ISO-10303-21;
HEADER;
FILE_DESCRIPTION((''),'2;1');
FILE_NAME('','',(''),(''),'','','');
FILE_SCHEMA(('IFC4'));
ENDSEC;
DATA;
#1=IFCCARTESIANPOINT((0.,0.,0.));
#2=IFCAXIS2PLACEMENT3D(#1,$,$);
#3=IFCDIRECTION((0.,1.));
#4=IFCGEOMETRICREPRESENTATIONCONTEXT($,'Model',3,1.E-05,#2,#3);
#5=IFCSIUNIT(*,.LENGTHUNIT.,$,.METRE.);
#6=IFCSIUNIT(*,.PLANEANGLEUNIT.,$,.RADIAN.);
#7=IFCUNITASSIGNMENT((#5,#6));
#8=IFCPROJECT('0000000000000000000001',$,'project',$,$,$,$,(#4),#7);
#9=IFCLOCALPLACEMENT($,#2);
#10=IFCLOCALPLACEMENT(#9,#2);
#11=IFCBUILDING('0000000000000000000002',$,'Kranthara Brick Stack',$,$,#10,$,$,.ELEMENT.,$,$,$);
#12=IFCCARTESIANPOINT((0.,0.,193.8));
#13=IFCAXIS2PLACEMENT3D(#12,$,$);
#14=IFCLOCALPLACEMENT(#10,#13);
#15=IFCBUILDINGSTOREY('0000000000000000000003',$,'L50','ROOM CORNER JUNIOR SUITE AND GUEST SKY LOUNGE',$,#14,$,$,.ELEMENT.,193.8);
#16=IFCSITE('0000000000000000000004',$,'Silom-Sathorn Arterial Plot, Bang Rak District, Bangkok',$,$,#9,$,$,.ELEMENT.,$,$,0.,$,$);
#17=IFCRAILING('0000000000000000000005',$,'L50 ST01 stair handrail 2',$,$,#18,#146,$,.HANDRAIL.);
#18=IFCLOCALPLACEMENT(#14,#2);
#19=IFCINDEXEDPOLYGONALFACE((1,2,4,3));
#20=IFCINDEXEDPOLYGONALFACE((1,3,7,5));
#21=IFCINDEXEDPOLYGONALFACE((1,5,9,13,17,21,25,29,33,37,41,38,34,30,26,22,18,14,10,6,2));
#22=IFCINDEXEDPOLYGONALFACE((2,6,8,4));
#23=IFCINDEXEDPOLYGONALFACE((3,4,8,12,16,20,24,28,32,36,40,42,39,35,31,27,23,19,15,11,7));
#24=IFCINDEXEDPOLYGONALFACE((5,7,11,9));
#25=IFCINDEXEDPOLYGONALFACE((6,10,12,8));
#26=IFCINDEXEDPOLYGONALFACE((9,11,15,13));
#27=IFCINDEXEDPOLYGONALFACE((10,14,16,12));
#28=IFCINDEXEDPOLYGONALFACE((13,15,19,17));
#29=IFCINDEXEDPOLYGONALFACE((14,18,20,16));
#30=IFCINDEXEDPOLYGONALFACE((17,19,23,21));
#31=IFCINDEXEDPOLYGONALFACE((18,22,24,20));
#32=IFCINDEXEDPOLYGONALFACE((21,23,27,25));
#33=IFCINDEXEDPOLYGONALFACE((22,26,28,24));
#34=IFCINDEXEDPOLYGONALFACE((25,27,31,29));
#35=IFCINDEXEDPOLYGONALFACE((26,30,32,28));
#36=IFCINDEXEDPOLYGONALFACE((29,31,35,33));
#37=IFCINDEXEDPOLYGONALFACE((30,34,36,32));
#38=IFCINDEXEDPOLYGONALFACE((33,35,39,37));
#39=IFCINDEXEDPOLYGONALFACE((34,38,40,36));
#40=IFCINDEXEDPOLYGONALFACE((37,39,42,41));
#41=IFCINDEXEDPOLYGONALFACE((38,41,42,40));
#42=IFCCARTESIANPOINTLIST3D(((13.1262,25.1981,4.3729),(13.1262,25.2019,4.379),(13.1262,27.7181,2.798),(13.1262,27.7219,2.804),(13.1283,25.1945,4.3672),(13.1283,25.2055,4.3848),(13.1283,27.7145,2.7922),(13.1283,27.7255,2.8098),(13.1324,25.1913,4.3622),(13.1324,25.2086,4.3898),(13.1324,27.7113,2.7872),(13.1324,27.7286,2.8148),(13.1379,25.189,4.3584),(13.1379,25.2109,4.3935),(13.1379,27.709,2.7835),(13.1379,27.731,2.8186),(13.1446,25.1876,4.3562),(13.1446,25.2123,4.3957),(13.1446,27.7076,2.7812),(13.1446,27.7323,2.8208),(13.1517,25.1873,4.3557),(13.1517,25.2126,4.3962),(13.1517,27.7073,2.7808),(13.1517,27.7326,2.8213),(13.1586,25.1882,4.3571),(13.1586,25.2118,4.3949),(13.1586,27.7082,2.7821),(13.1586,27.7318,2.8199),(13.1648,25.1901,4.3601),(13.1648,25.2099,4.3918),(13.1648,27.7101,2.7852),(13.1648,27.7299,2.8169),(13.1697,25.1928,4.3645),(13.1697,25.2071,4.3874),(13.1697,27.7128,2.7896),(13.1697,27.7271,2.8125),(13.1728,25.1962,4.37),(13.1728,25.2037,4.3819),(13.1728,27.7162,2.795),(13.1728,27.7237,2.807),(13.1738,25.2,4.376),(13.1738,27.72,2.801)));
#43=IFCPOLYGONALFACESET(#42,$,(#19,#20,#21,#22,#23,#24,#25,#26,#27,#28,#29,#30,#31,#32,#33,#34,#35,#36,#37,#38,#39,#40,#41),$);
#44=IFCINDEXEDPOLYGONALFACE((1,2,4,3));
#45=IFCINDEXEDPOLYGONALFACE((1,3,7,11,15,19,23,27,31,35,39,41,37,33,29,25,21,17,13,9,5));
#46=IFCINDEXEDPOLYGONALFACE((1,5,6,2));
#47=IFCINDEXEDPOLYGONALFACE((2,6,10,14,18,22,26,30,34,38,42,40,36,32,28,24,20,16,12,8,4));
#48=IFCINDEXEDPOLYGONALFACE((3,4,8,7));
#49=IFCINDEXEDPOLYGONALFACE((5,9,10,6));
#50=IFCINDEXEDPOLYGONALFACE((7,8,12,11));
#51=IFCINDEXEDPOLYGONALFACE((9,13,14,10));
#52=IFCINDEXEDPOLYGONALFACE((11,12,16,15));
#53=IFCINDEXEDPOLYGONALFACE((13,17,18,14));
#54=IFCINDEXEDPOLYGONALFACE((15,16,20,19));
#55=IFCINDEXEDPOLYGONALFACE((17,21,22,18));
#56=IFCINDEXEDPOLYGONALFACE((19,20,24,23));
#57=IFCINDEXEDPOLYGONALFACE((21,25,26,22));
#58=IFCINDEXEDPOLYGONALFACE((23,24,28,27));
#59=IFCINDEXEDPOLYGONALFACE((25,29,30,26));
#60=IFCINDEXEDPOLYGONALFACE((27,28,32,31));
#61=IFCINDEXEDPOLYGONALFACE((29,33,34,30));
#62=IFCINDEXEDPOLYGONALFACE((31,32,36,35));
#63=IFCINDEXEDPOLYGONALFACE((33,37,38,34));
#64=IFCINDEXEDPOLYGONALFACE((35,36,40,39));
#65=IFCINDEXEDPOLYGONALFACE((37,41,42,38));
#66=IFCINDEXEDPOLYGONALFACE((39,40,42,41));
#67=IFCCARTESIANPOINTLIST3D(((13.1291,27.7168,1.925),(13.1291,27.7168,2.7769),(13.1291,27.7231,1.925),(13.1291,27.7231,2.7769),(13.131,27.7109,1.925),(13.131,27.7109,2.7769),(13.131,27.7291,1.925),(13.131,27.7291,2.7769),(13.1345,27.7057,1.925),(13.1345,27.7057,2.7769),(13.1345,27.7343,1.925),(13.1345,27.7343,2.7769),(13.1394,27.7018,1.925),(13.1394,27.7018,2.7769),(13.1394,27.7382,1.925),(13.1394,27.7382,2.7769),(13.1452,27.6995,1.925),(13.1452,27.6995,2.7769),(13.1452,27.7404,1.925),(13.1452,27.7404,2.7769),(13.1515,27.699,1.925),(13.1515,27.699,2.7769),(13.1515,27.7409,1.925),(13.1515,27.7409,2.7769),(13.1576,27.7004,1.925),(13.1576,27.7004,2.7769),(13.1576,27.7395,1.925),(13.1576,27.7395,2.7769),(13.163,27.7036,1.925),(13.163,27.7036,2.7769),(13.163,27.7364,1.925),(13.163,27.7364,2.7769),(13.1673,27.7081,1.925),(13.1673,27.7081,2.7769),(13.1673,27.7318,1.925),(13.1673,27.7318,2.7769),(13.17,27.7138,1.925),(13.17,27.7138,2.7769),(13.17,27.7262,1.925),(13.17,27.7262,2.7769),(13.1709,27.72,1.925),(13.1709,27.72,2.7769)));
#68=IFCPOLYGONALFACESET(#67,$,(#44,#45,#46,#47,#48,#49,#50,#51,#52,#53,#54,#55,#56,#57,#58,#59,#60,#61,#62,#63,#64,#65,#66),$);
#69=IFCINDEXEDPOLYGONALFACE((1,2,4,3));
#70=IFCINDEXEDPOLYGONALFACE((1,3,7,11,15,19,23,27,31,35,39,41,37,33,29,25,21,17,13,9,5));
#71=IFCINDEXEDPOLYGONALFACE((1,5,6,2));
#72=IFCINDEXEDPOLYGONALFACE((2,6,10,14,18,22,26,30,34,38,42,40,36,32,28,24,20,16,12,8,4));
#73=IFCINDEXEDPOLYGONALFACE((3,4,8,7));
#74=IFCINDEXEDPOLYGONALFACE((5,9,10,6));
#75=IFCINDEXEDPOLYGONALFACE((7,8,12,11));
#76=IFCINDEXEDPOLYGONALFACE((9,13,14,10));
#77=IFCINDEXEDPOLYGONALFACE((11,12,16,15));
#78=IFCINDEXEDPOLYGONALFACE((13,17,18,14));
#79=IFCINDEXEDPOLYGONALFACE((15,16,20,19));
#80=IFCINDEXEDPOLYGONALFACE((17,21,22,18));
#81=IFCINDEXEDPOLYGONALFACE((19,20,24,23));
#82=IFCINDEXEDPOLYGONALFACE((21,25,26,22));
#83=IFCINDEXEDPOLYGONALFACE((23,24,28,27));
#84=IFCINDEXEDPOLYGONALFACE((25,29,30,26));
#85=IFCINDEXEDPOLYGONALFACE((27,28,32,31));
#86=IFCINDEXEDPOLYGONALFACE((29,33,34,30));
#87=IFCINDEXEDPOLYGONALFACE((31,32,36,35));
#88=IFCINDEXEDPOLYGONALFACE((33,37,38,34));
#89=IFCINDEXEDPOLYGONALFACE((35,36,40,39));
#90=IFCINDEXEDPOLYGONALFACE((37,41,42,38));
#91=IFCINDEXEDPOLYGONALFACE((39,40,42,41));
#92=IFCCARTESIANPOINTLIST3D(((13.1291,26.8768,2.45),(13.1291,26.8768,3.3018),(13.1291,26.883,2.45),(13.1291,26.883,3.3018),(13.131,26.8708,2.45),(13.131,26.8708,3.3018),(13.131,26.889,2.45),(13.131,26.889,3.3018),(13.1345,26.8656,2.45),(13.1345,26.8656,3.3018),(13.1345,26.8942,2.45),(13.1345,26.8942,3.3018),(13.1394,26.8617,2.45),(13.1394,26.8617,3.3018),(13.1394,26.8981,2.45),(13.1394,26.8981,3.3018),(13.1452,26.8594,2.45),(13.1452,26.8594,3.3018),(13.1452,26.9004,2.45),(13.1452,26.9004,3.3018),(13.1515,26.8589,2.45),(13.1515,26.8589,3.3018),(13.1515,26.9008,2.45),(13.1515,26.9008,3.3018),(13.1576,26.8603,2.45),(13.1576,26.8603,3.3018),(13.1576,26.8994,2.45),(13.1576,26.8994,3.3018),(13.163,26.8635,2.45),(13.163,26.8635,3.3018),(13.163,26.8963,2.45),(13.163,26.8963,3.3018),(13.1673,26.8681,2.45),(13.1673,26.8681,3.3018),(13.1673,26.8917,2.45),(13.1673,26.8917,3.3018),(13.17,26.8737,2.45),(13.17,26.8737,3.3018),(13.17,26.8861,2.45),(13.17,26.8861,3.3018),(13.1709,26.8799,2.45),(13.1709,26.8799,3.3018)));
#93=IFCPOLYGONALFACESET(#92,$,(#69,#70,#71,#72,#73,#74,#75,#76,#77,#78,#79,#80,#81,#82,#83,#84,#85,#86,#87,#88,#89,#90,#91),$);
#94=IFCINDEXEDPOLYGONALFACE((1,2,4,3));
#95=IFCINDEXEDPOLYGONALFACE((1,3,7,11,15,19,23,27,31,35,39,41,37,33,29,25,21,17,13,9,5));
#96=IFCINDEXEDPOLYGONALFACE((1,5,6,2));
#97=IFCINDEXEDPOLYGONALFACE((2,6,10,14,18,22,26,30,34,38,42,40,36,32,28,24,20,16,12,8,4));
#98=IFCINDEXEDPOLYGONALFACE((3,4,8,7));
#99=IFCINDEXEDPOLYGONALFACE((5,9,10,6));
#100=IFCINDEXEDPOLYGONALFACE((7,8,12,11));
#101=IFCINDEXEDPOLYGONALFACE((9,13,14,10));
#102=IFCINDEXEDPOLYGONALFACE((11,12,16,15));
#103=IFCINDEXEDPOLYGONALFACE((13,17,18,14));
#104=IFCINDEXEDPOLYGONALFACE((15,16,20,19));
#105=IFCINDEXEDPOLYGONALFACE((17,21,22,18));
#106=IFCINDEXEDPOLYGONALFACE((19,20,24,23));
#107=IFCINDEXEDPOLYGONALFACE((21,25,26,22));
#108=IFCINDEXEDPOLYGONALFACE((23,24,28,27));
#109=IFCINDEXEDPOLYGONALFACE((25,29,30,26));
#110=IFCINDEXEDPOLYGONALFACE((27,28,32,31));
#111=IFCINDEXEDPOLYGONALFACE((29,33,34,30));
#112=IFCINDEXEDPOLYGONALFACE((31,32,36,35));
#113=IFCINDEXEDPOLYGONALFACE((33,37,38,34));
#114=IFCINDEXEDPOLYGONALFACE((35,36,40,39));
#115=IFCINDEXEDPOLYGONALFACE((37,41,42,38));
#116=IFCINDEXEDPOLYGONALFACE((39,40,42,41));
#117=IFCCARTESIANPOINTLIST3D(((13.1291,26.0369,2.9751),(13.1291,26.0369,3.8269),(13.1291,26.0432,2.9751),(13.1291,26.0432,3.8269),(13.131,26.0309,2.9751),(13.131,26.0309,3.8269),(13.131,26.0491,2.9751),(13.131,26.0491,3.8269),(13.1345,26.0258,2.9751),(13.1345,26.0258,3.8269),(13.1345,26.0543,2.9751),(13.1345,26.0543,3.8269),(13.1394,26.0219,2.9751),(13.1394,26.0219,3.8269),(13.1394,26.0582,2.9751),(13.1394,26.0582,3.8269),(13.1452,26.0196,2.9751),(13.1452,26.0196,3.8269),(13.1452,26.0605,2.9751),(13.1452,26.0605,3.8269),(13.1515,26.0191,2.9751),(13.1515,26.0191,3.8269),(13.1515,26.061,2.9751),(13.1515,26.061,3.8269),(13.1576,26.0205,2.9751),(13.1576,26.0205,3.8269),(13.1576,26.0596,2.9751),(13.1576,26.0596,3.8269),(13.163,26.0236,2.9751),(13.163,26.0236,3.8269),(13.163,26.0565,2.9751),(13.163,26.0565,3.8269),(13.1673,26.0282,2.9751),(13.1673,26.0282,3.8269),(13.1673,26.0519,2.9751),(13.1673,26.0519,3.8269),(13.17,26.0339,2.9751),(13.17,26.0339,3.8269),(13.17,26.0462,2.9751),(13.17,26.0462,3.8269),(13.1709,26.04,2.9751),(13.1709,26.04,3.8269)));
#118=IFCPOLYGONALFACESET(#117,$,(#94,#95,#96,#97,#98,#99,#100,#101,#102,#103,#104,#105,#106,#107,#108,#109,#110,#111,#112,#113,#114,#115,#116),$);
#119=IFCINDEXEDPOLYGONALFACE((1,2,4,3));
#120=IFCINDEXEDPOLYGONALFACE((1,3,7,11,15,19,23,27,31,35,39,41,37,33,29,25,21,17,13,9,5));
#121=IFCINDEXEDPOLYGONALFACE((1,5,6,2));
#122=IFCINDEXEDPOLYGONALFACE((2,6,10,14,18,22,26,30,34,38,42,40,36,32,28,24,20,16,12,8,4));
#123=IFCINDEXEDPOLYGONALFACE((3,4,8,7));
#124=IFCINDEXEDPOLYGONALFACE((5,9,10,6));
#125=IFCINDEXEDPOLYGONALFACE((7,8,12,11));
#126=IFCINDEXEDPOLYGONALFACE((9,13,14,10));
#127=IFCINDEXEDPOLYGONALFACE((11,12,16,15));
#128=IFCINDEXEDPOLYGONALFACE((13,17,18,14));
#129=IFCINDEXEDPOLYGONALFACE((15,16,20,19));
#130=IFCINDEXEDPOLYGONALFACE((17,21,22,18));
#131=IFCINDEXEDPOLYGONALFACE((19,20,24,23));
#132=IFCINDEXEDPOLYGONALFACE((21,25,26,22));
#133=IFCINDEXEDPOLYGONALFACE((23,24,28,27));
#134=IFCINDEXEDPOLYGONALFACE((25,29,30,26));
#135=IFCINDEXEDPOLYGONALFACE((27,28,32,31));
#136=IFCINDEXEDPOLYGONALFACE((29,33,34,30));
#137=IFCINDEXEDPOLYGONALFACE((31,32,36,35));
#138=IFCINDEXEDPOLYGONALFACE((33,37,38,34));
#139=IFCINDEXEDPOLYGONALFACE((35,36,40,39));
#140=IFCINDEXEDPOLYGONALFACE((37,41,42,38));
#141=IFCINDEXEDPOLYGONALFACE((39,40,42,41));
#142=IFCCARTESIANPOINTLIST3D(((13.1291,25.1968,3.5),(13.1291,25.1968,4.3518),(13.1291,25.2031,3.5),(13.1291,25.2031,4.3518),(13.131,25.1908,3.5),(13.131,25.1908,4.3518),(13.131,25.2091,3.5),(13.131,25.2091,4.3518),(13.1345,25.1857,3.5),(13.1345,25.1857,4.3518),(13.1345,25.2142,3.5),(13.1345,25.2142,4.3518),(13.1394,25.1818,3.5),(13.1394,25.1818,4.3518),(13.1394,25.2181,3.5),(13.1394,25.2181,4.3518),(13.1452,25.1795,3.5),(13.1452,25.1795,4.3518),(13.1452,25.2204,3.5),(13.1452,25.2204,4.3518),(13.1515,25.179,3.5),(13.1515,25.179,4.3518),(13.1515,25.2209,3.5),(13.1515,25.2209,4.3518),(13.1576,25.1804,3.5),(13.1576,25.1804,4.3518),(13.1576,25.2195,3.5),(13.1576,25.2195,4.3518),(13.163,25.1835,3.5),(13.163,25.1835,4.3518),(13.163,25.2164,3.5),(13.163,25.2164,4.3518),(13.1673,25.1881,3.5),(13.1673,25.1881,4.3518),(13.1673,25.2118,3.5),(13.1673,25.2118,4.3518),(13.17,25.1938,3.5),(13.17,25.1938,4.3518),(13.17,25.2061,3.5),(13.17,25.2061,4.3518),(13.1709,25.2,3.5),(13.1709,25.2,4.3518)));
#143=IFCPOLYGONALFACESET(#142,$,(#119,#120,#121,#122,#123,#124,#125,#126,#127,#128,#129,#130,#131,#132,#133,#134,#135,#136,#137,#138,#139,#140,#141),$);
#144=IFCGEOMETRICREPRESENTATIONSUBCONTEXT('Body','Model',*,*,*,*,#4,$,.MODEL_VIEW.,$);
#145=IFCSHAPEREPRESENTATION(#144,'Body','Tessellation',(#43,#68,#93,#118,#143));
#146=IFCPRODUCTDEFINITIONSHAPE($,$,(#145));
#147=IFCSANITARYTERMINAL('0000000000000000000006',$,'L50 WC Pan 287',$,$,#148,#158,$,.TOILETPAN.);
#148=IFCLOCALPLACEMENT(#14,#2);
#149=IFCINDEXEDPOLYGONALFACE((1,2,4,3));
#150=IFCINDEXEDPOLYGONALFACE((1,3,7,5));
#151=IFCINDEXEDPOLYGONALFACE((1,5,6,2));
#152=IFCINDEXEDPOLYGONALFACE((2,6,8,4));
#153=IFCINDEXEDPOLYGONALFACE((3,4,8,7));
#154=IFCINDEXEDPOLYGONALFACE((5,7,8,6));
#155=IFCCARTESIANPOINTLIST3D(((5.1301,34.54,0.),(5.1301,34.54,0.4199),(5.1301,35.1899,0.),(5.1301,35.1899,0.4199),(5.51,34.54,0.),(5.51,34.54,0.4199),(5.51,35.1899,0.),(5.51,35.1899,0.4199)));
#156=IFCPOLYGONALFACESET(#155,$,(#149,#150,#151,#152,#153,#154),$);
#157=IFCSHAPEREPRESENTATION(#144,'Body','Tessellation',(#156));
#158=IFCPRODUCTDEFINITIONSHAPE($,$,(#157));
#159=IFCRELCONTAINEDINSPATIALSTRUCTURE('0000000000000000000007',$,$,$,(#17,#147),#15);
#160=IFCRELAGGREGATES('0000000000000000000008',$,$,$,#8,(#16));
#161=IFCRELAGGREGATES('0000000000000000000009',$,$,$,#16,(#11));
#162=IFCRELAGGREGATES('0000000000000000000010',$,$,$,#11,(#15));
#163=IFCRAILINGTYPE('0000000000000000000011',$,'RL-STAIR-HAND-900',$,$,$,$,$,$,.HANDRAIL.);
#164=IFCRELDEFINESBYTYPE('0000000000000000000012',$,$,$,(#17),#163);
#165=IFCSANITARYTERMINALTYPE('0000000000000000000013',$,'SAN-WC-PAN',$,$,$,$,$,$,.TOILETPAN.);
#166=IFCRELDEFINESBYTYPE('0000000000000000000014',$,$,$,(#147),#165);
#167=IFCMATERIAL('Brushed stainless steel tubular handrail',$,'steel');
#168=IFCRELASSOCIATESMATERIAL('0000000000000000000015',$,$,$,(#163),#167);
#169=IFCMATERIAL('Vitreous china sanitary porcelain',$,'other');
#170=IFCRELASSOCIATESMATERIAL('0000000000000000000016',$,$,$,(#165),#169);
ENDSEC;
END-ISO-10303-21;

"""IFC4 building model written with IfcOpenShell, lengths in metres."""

from ifc_helpers import new_model, si_unit, direction, frame, origin, origin_2d, place, context, subcontext, project, spatial, rectangle, circle, extrude, material, type_object, element, save


model = new_model("IFC4")

# Units and contexts
model_context = context("Model", 3, precision=1e-05, world=origin(), true_north=direction((0.0, 1.0)))
body_context = subcontext(model_context, "Body", "Model", "MODEL_VIEW")
ifc_project = project(units=[si_unit("LENGTHUNIT", "METRE"), si_unit("PLANEANGLEUNIT", "RADIAN")], contexts=[model_context])

# Site, building, storey
site_placement = place(None, origin())
site = spatial("IfcSite", under=ifc_project, at=site_placement, Name="Silom-Sathorn Arterial Plot, Bang Rak District, Bangkok", CompositionType="ELEMENT", RefElevation=0.0)
building_placement = place(site_placement, origin())
building = spatial("IfcBuilding", under=site, at=building_placement, Name="Kranthara Brick Stack", CompositionType="ELEMENT")
storey_placement = place(building_placement, frame((0.0, 0.0, 193.8)))
storey = spatial("IfcBuildingStorey", under=building, at=storey_placement, Name="L50", Description="ROOM CORNER JUNIOR SUITE AND GUEST SKY LOUNGE", CompositionType="ELEMENT", Elevation=193.8)

# Railing
ifc_material_1 = material(Name="Brushed stainless steel tubular handrail", Category="steel")
railing_type_1 = type_object("IfcRailingType", Name="RL-STAIR-HAND-900", PredefinedType="HANDRAIL", material=ifc_material_1)
railing_1_placement = place(storey_placement, frame((13.1499, 27.72, 1.925)))
element("IfcRailing", 1, at=railing_1_placement, inside=storey, type_object=railing_type_1, Name="L50 ST01 stair handrail 2", PredefinedType="HANDRAIL", context=body_context, shape_type="SweptSolid", body=[
    extrude(circle(Radius=0.0239, at=origin_2d()), frame((0.0, 0.0, 0.876), z_axis=(0.0, -0.848008, 0.529984), x_axis=(1.0, 0.0, 0.0)), (0.0, 0.0, 1.0), 2.9717),
    extrude(circle(Radius=0.021, at=origin_2d()), origin(), (0.0, 0.0, 1.0), 0.8518),
    extrude(circle(Radius=0.021, at=origin_2d()), frame((0.0, -0.8401, 0.5249)), (0.0, 0.0, 1.0), 0.8518),
    extrude(circle(Radius=0.021, at=origin_2d()), frame((0.0, -1.6799, 1.05)), (0.0, 0.0, 1.0), 0.8518),
    extrude(circle(Radius=0.021, at=origin_2d()), frame((0.0, -2.52, 1.575)), (0.0, 0.0, 1.0), 0.8518),
])

# Sanitary terminal
ifc_material_2 = material(Name="Vitreous china sanitary porcelain", Category="other")
sanitary_terminal_type = type_object("IfcSanitaryTerminalType", Name="SAN-WC-PAN", PredefinedType="TOILETPAN", material=ifc_material_2)
sanitary_terminal_placement = place(storey_placement, frame((5.3201, 34.865, 0.0), z_axis=(0.0, 0.0, 1.0), x_axis=(1.0, 0.0, 0.0)))
element("IfcSanitaryTerminal", 2, at=sanitary_terminal_placement, inside=storey, type_object=sanitary_terminal_type, Name="L50 WC Pan 287", PredefinedType="TOILETPAN", context=body_context, shape_type="SweptSolid", body=[
    extrude(rectangle(XDim=0.3799, YDim=0.6499, at=origin_2d()), origin(), (0.0, 0.0, 1.0), 0.4199),
])

save(model, "model.ifc")
